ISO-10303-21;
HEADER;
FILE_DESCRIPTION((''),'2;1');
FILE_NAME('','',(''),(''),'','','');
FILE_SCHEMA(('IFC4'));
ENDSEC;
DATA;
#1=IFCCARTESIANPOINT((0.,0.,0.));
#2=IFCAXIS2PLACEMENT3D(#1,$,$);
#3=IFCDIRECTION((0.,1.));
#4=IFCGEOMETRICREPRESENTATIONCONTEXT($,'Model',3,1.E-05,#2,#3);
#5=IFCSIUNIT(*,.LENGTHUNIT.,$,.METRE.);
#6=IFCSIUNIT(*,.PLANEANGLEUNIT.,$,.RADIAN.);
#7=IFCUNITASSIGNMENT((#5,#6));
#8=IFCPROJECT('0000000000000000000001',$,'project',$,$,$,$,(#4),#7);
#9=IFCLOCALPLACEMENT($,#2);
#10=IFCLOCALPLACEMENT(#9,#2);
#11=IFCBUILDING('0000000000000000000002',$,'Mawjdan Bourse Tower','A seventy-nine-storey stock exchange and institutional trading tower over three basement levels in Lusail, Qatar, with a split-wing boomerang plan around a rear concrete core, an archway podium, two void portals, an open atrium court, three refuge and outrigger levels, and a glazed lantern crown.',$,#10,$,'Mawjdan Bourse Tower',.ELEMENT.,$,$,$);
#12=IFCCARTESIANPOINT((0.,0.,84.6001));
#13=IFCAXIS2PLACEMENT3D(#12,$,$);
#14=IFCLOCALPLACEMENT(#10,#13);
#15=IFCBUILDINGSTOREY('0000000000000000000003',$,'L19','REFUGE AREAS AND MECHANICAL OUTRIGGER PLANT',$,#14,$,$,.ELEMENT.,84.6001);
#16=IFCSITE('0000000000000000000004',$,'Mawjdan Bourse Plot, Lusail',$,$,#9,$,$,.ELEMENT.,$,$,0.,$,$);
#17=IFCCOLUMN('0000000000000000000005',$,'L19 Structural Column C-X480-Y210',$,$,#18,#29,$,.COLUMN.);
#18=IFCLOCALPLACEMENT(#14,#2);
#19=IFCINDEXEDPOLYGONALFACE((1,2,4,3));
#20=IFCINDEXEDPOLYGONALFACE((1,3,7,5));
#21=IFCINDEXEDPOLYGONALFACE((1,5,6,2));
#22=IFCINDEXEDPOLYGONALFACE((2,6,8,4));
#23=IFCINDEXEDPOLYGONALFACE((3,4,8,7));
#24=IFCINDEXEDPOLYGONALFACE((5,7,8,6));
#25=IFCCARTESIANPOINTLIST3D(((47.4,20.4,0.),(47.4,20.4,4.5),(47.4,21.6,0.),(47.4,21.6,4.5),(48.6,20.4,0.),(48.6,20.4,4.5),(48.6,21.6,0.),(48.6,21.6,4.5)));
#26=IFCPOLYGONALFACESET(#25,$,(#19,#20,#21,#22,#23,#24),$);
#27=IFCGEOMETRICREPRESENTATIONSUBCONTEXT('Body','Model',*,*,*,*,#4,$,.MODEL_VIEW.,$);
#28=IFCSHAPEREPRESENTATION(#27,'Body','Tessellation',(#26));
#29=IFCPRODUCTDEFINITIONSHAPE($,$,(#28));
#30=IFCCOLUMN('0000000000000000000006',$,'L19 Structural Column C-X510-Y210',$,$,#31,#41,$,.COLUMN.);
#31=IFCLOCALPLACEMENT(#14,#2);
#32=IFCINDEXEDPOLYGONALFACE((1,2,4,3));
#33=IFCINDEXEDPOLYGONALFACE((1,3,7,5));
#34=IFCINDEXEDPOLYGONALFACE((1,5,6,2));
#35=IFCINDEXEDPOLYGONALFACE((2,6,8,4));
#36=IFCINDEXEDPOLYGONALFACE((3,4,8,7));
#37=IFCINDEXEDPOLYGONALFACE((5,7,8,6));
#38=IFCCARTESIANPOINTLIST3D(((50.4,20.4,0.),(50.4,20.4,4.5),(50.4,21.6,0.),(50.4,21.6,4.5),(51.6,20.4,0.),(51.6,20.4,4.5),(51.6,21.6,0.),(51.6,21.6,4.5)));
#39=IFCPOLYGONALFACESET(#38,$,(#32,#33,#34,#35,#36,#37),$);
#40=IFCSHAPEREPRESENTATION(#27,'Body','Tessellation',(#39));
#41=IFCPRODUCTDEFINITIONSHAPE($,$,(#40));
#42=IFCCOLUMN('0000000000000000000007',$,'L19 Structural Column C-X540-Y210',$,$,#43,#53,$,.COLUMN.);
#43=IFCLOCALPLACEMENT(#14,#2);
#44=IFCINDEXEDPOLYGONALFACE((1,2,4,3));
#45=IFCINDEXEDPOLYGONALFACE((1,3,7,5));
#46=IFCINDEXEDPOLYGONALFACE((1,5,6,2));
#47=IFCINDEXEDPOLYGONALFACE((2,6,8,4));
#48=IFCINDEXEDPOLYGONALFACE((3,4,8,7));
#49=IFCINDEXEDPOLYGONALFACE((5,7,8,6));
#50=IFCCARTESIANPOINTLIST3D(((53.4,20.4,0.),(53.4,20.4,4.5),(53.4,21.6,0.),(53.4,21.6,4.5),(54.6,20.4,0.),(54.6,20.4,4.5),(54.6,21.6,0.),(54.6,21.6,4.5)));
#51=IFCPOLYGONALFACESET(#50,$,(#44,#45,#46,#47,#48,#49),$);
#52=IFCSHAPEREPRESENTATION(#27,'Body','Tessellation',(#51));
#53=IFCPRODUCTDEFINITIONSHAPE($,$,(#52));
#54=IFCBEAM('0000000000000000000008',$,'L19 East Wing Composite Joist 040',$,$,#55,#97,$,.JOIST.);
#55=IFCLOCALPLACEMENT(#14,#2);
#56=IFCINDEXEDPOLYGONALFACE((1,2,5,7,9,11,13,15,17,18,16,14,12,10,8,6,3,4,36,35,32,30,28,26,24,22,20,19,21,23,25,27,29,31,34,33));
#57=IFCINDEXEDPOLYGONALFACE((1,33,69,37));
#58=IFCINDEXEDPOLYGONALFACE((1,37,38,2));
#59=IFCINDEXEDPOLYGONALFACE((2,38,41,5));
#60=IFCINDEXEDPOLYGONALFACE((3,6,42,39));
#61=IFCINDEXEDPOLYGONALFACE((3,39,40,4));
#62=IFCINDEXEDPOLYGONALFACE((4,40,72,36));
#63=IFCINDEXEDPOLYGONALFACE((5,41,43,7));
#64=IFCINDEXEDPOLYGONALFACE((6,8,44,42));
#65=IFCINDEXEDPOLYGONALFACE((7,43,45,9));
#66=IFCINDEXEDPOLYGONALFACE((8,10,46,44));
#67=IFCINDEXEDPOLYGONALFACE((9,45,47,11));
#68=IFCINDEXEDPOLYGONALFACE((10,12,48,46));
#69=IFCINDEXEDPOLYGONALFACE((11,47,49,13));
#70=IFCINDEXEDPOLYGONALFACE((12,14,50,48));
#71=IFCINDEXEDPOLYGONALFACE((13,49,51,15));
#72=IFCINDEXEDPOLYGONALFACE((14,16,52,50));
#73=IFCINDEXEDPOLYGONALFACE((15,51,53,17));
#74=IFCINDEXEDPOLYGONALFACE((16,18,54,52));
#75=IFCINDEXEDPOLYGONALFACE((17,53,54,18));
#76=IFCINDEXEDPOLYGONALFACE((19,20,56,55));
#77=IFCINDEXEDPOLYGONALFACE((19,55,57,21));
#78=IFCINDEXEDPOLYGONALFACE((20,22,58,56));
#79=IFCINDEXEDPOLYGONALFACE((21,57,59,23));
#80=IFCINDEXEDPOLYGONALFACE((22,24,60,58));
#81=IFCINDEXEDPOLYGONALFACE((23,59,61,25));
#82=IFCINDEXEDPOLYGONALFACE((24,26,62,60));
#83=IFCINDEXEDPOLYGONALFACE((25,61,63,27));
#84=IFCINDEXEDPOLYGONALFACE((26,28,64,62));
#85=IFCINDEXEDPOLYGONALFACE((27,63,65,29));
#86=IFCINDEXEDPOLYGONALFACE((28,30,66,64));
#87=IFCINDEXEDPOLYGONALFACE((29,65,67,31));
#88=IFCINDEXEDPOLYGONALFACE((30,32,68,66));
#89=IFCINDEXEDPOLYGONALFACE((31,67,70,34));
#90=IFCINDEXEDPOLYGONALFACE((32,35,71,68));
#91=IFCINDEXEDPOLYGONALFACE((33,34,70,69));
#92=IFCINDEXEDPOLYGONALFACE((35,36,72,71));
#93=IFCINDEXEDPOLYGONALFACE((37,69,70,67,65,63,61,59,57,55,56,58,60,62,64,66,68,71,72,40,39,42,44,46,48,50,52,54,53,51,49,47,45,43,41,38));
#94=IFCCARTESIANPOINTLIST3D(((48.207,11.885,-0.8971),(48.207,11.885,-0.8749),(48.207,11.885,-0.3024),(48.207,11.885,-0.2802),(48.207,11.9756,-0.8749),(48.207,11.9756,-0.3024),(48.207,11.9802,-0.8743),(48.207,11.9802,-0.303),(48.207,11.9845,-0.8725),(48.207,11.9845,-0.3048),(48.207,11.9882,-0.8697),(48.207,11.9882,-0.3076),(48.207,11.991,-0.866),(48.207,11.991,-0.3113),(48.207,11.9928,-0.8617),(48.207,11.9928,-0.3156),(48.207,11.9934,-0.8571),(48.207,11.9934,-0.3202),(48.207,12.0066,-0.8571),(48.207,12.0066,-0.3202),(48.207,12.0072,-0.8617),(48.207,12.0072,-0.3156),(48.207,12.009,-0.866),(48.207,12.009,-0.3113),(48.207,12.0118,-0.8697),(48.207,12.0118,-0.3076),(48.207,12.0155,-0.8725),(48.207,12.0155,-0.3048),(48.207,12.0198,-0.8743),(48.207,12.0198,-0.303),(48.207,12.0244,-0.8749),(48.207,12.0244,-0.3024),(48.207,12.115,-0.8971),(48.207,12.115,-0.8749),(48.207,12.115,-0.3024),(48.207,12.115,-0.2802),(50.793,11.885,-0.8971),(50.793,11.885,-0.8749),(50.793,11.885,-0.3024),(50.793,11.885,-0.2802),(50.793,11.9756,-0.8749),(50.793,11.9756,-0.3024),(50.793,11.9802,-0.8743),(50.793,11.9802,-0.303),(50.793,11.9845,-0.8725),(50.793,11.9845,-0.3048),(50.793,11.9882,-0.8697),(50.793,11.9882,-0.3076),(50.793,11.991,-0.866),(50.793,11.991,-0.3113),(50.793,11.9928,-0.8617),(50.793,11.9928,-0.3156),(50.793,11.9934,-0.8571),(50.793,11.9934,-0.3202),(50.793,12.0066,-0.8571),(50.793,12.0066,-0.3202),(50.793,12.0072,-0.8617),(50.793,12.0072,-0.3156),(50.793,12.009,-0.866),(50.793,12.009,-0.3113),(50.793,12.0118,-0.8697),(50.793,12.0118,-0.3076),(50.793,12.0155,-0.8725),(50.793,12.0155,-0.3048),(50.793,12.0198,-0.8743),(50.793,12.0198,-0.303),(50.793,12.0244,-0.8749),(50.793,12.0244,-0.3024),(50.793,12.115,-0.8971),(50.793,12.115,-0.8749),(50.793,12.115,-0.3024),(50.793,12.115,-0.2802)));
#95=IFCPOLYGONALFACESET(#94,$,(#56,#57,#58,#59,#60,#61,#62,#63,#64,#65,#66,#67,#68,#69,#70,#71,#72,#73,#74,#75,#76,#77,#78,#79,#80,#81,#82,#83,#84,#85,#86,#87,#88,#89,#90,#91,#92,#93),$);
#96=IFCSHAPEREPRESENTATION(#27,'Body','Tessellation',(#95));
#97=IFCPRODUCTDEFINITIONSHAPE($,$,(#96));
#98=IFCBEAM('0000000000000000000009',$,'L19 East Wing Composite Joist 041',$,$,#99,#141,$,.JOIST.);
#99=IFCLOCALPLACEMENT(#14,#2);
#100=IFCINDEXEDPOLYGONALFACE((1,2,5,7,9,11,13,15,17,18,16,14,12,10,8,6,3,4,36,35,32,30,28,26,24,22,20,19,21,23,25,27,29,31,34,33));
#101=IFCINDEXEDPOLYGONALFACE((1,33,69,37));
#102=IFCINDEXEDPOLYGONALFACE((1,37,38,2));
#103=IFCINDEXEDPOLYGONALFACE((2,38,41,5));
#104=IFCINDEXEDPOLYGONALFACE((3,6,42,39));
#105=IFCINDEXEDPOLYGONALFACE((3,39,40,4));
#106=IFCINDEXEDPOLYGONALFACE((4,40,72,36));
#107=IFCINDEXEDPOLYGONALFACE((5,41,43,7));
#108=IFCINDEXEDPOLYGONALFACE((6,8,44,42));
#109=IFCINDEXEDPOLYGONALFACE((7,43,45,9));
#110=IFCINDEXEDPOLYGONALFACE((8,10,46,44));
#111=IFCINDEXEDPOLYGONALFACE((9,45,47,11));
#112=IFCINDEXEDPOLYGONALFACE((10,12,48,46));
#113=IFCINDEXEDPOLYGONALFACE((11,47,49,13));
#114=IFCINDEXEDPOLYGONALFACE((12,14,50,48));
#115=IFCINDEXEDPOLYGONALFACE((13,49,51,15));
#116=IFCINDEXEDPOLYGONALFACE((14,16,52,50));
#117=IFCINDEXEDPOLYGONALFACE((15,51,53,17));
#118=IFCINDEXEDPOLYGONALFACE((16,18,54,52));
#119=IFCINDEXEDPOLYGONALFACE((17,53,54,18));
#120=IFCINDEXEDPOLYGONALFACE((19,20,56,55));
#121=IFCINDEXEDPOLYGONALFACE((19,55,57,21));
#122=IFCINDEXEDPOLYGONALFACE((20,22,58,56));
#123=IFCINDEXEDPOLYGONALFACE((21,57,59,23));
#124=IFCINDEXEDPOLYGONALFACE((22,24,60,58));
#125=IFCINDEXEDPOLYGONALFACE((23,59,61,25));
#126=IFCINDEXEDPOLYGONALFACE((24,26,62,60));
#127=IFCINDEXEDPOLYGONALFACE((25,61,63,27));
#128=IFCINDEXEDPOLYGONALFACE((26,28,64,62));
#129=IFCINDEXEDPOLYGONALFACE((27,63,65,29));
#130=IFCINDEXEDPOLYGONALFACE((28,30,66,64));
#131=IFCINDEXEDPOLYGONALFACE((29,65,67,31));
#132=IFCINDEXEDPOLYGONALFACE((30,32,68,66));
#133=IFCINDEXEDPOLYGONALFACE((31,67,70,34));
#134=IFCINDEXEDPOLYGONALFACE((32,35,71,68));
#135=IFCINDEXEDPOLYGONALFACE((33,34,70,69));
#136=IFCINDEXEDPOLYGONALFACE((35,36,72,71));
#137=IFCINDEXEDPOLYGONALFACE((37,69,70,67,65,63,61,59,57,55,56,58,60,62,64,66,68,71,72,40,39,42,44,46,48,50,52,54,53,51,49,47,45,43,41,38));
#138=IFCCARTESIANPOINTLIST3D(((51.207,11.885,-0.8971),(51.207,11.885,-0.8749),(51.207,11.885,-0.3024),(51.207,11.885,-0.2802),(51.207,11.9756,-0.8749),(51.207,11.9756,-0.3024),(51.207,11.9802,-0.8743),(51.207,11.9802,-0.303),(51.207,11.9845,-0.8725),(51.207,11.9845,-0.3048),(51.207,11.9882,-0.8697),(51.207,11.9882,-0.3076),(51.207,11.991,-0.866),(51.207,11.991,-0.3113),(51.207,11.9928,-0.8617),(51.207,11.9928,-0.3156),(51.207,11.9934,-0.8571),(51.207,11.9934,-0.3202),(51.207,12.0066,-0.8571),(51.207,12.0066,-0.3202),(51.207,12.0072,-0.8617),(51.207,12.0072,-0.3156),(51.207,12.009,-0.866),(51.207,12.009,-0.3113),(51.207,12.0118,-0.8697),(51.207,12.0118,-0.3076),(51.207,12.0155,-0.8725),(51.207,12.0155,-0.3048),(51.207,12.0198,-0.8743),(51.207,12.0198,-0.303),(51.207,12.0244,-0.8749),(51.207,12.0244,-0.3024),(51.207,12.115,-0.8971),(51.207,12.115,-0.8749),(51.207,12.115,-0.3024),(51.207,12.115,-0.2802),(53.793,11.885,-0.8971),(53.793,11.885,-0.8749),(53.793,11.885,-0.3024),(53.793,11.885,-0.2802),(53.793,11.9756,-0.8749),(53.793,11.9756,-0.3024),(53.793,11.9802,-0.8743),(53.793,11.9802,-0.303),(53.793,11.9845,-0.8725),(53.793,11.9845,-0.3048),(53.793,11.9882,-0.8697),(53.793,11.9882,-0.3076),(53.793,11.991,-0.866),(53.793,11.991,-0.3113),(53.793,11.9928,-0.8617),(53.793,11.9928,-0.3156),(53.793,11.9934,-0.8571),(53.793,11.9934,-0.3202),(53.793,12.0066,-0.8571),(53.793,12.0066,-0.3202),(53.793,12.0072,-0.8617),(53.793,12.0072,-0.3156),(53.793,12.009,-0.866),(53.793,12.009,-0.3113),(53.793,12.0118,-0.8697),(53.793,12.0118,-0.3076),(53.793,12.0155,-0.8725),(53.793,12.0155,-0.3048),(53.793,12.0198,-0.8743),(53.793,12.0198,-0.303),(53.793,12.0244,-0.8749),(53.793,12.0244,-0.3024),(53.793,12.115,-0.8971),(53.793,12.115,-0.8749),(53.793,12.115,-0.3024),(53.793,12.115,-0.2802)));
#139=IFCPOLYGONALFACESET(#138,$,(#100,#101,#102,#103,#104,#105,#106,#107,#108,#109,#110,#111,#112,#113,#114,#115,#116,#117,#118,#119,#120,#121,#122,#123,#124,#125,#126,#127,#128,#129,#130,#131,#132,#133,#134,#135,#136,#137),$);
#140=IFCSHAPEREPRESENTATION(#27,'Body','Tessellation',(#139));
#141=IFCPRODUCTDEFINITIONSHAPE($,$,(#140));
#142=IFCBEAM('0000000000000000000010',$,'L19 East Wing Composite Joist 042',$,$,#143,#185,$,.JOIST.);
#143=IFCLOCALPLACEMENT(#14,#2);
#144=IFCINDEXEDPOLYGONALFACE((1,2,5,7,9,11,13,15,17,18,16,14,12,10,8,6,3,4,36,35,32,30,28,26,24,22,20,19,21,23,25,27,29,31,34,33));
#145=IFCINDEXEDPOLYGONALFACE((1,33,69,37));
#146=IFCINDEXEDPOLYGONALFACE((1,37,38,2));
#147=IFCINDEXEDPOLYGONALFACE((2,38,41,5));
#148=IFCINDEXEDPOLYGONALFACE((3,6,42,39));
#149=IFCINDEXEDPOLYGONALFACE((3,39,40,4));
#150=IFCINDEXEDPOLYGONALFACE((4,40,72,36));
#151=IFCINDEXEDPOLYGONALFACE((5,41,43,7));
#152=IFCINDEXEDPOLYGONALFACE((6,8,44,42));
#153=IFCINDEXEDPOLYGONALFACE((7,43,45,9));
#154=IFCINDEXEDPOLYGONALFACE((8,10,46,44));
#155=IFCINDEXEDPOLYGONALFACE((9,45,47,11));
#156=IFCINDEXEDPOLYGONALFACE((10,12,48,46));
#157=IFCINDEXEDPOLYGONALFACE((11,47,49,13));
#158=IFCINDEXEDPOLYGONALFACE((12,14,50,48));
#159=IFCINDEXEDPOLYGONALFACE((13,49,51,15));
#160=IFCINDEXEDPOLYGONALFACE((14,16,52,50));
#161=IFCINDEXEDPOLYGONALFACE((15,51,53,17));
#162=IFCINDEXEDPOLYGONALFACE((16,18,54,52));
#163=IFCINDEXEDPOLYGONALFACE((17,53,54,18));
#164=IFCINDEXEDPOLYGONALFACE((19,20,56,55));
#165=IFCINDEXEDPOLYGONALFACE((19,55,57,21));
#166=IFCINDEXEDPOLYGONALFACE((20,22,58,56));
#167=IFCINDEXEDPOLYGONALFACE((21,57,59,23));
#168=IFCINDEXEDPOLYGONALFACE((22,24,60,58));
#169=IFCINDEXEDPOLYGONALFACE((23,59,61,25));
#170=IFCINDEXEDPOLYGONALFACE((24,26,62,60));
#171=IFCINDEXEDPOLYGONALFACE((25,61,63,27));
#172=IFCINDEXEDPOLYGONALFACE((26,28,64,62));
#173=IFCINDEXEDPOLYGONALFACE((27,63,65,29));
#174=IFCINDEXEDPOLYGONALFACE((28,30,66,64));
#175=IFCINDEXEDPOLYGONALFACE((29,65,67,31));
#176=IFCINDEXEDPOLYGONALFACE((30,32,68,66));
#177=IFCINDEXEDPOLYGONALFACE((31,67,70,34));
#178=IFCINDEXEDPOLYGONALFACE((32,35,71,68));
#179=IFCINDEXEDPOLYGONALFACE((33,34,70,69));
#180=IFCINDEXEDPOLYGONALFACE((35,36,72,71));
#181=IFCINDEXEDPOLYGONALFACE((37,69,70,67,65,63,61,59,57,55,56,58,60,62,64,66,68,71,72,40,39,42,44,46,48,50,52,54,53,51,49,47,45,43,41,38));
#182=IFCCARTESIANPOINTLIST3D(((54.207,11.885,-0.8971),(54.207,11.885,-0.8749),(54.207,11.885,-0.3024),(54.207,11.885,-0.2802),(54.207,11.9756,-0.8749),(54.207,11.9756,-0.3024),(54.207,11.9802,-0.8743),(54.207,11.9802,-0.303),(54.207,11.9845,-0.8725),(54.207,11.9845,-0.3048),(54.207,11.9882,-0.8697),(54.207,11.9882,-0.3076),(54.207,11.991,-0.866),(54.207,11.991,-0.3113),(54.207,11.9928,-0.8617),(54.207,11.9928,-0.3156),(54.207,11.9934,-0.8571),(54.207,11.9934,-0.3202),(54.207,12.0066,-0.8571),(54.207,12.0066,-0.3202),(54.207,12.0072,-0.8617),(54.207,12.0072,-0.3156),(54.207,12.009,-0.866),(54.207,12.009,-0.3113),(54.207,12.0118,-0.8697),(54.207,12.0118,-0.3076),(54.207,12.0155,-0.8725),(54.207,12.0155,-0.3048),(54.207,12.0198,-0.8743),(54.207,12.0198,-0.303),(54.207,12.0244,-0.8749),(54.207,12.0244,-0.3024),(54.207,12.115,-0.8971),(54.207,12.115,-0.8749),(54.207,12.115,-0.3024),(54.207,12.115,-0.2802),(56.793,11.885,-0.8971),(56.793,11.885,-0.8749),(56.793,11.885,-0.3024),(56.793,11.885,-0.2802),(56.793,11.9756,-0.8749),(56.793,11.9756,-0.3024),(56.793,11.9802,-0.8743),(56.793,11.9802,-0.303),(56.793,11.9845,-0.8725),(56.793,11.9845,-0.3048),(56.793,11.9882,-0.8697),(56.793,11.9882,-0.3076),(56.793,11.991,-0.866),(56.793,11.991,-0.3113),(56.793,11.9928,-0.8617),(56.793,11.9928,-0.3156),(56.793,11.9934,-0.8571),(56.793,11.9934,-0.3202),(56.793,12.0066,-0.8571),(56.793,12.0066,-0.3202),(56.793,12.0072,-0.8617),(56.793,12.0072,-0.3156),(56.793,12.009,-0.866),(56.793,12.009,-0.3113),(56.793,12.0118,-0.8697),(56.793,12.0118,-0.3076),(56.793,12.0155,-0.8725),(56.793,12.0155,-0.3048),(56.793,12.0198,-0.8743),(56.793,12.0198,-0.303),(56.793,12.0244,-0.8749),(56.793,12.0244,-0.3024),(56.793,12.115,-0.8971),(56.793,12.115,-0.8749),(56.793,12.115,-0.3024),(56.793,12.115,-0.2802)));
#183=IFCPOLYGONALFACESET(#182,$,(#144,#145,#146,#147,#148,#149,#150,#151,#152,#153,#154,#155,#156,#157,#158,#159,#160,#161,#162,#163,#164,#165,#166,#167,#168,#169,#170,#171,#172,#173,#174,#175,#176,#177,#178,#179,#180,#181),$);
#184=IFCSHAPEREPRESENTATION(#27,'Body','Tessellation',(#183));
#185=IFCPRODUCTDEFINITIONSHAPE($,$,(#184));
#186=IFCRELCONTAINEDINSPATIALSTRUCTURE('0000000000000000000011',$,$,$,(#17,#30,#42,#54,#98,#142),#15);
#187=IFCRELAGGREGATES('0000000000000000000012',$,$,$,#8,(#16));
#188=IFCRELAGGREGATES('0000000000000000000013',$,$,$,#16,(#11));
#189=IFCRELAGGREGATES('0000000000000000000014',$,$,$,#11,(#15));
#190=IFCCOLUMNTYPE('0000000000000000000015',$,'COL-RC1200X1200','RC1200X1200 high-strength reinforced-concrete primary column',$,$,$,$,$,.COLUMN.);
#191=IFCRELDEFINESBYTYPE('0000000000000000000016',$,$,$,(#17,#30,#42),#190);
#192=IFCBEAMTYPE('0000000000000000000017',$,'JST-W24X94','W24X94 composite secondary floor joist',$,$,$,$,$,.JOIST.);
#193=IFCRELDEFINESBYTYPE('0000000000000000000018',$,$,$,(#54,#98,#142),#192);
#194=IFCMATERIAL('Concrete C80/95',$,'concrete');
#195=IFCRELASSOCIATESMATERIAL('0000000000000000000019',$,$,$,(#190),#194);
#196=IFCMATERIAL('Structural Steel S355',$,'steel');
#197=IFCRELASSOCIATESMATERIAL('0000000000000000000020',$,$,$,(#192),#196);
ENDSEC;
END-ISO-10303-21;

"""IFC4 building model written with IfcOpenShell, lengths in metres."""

from ifc_helpers import new_model, si_unit, direction, frame, origin, origin_2d, place, context, subcontext, project, spatial, rectangle, i_section, extrude, material, material_profile, profile_set, type_object, element, save


model = new_model("IFC4")

# Units and contexts
model_context = context("Model", 3, precision=1e-05, world=origin(), true_north=direction((0.0, 1.0)))
body_context = subcontext(model_context, "Body", "Model", "MODEL_VIEW")
ifc_project = project(units=[si_unit("LENGTHUNIT", "METRE"), si_unit("PLANEANGLEUNIT", "RADIAN")], contexts=[model_context])

# Site, building, storey
site_placement = place(None, origin())
site = spatial("IfcSite", under=ifc_project, at=site_placement, Name="Mawjdan Bourse Plot, Lusail", CompositionType="ELEMENT", RefElevation=0.0)
building_placement = place(site_placement, origin())
building = spatial("IfcBuilding", under=site, at=building_placement, Name="Mawjdan Bourse Tower", Description="A seventy-nine-storey stock exchange and institutional trading tower over three basement levels in Lusail, Qatar, with a split-wing boomerang plan around a rear concrete core, an archway podium, two void portals, an open atrium court, three refuge and outrigger levels, and a glazed lantern crown.", LongName="Mawjdan Bourse Tower", CompositionType="ELEMENT")
storey_placement = place(building_placement, frame((0.0, 0.0, 84.6001)))
storey = spatial("IfcBuildingStorey", under=building, at=storey_placement, Name="L19", Description="REFUGE AREAS AND MECHANICAL OUTRIGGER PLANT", CompositionType="ELEMENT", Elevation=84.6001)

# Columns
ifc_material_1 = material(Name="Concrete C80/95", Category="concrete")
ifc_material_profile_1 = material_profile(ifc_material_1, rectangle(XDim=1.2, YDim=1.2, at=origin_2d()), Name="RC1200X1200")
ifc_profile_set_1 = profile_set([ifc_material_profile_1], Name="Concrete C80/95")
column_type = type_object("IfcColumnType", Name="COL-RC1200X1200", Description="RC1200X1200 high-strength reinforced-concrete primary column", PredefinedType="COLUMN", material=ifc_profile_set_1)
for number, where, z_axis, x_axis, name in (
    (1, (48.0, 21.0, 0.0), (0.0, 0.0, 1.0), (1.0, 0.0, 0.0), "L19 Structural Column C-X480-Y210"),
    (2, (51.0, 21.0, 0.0), (0.0, 0.0, 1.0), (1.0, 0.0, 0.0), "L19 Structural Column C-X510-Y210"),
    (3, (54.0, 21.0, 0.0), (0.0, 0.0, 1.0), (1.0, 0.0, 0.0), "L19 Structural Column C-X540-Y210"),
):
    element("IfcColumn", number, at=place(storey_placement, frame(where, z_axis=z_axis, x_axis=x_axis)), inside=storey, type_object=column_type, Name=name, PredefinedType="COLUMN", context=body_context, shape_type="SweptSolid", body=[
        extrude(rectangle(XDim=1.2, YDim=1.2, at=origin_2d()), origin(), (0.0, 0.0, 1.0), 4.5),
    ])

# Beams
ifc_material_2 = material(Name="Structural Steel S355", Category="steel")
ifc_material_profile_2 = material_profile(ifc_material_2, i_section(OverallWidth=0.23, OverallDepth=0.6169, WebThickness=0.0132, FlangeThickness=0.0222, FilletRadius=0.0178, at=origin_2d()), Name="W24X94")
ifc_profile_set_2 = profile_set([ifc_material_profile_2], Name="Structural Steel S355")
beam_type_1 = type_object("IfcBeamType", Name="JST-W24X94", Description="W24X94 composite secondary floor joist", PredefinedType="JOIST", material=ifc_profile_set_2)
for number, where, z_axis, x_axis, name in (
    (4, (48.207, 12.0, -0.5886), (1.0, 0.0, 0.0), (0.0, 1.0, 0.0), "L19 East Wing Composite Joist 040"),
    (5, (51.207, 12.0, -0.5886), (1.0, 0.0, 0.0), (0.0, 1.0, 0.0), "L19 East Wing Composite Joist 041"),
    (6, (54.207, 12.0, -0.5886), (1.0, 0.0, 0.0), (0.0, 1.0, 0.0), "L19 East Wing Composite Joist 042"),
):
    element("IfcBeam", number, at=place(storey_placement, frame(where, z_axis=z_axis, x_axis=x_axis)), inside=storey, type_object=beam_type_1, Name=name, PredefinedType="JOIST", context=body_context, shape_type="SweptSolid", body=[
        extrude(i_section(OverallWidth=0.23, OverallDepth=0.6169, WebThickness=0.0132, FlangeThickness=0.0222, FilletRadius=0.0178, at=origin_2d()), origin(), (0.0, 0.0, 1.0), 2.5859),
    ])

save(model, "model.ifc")
